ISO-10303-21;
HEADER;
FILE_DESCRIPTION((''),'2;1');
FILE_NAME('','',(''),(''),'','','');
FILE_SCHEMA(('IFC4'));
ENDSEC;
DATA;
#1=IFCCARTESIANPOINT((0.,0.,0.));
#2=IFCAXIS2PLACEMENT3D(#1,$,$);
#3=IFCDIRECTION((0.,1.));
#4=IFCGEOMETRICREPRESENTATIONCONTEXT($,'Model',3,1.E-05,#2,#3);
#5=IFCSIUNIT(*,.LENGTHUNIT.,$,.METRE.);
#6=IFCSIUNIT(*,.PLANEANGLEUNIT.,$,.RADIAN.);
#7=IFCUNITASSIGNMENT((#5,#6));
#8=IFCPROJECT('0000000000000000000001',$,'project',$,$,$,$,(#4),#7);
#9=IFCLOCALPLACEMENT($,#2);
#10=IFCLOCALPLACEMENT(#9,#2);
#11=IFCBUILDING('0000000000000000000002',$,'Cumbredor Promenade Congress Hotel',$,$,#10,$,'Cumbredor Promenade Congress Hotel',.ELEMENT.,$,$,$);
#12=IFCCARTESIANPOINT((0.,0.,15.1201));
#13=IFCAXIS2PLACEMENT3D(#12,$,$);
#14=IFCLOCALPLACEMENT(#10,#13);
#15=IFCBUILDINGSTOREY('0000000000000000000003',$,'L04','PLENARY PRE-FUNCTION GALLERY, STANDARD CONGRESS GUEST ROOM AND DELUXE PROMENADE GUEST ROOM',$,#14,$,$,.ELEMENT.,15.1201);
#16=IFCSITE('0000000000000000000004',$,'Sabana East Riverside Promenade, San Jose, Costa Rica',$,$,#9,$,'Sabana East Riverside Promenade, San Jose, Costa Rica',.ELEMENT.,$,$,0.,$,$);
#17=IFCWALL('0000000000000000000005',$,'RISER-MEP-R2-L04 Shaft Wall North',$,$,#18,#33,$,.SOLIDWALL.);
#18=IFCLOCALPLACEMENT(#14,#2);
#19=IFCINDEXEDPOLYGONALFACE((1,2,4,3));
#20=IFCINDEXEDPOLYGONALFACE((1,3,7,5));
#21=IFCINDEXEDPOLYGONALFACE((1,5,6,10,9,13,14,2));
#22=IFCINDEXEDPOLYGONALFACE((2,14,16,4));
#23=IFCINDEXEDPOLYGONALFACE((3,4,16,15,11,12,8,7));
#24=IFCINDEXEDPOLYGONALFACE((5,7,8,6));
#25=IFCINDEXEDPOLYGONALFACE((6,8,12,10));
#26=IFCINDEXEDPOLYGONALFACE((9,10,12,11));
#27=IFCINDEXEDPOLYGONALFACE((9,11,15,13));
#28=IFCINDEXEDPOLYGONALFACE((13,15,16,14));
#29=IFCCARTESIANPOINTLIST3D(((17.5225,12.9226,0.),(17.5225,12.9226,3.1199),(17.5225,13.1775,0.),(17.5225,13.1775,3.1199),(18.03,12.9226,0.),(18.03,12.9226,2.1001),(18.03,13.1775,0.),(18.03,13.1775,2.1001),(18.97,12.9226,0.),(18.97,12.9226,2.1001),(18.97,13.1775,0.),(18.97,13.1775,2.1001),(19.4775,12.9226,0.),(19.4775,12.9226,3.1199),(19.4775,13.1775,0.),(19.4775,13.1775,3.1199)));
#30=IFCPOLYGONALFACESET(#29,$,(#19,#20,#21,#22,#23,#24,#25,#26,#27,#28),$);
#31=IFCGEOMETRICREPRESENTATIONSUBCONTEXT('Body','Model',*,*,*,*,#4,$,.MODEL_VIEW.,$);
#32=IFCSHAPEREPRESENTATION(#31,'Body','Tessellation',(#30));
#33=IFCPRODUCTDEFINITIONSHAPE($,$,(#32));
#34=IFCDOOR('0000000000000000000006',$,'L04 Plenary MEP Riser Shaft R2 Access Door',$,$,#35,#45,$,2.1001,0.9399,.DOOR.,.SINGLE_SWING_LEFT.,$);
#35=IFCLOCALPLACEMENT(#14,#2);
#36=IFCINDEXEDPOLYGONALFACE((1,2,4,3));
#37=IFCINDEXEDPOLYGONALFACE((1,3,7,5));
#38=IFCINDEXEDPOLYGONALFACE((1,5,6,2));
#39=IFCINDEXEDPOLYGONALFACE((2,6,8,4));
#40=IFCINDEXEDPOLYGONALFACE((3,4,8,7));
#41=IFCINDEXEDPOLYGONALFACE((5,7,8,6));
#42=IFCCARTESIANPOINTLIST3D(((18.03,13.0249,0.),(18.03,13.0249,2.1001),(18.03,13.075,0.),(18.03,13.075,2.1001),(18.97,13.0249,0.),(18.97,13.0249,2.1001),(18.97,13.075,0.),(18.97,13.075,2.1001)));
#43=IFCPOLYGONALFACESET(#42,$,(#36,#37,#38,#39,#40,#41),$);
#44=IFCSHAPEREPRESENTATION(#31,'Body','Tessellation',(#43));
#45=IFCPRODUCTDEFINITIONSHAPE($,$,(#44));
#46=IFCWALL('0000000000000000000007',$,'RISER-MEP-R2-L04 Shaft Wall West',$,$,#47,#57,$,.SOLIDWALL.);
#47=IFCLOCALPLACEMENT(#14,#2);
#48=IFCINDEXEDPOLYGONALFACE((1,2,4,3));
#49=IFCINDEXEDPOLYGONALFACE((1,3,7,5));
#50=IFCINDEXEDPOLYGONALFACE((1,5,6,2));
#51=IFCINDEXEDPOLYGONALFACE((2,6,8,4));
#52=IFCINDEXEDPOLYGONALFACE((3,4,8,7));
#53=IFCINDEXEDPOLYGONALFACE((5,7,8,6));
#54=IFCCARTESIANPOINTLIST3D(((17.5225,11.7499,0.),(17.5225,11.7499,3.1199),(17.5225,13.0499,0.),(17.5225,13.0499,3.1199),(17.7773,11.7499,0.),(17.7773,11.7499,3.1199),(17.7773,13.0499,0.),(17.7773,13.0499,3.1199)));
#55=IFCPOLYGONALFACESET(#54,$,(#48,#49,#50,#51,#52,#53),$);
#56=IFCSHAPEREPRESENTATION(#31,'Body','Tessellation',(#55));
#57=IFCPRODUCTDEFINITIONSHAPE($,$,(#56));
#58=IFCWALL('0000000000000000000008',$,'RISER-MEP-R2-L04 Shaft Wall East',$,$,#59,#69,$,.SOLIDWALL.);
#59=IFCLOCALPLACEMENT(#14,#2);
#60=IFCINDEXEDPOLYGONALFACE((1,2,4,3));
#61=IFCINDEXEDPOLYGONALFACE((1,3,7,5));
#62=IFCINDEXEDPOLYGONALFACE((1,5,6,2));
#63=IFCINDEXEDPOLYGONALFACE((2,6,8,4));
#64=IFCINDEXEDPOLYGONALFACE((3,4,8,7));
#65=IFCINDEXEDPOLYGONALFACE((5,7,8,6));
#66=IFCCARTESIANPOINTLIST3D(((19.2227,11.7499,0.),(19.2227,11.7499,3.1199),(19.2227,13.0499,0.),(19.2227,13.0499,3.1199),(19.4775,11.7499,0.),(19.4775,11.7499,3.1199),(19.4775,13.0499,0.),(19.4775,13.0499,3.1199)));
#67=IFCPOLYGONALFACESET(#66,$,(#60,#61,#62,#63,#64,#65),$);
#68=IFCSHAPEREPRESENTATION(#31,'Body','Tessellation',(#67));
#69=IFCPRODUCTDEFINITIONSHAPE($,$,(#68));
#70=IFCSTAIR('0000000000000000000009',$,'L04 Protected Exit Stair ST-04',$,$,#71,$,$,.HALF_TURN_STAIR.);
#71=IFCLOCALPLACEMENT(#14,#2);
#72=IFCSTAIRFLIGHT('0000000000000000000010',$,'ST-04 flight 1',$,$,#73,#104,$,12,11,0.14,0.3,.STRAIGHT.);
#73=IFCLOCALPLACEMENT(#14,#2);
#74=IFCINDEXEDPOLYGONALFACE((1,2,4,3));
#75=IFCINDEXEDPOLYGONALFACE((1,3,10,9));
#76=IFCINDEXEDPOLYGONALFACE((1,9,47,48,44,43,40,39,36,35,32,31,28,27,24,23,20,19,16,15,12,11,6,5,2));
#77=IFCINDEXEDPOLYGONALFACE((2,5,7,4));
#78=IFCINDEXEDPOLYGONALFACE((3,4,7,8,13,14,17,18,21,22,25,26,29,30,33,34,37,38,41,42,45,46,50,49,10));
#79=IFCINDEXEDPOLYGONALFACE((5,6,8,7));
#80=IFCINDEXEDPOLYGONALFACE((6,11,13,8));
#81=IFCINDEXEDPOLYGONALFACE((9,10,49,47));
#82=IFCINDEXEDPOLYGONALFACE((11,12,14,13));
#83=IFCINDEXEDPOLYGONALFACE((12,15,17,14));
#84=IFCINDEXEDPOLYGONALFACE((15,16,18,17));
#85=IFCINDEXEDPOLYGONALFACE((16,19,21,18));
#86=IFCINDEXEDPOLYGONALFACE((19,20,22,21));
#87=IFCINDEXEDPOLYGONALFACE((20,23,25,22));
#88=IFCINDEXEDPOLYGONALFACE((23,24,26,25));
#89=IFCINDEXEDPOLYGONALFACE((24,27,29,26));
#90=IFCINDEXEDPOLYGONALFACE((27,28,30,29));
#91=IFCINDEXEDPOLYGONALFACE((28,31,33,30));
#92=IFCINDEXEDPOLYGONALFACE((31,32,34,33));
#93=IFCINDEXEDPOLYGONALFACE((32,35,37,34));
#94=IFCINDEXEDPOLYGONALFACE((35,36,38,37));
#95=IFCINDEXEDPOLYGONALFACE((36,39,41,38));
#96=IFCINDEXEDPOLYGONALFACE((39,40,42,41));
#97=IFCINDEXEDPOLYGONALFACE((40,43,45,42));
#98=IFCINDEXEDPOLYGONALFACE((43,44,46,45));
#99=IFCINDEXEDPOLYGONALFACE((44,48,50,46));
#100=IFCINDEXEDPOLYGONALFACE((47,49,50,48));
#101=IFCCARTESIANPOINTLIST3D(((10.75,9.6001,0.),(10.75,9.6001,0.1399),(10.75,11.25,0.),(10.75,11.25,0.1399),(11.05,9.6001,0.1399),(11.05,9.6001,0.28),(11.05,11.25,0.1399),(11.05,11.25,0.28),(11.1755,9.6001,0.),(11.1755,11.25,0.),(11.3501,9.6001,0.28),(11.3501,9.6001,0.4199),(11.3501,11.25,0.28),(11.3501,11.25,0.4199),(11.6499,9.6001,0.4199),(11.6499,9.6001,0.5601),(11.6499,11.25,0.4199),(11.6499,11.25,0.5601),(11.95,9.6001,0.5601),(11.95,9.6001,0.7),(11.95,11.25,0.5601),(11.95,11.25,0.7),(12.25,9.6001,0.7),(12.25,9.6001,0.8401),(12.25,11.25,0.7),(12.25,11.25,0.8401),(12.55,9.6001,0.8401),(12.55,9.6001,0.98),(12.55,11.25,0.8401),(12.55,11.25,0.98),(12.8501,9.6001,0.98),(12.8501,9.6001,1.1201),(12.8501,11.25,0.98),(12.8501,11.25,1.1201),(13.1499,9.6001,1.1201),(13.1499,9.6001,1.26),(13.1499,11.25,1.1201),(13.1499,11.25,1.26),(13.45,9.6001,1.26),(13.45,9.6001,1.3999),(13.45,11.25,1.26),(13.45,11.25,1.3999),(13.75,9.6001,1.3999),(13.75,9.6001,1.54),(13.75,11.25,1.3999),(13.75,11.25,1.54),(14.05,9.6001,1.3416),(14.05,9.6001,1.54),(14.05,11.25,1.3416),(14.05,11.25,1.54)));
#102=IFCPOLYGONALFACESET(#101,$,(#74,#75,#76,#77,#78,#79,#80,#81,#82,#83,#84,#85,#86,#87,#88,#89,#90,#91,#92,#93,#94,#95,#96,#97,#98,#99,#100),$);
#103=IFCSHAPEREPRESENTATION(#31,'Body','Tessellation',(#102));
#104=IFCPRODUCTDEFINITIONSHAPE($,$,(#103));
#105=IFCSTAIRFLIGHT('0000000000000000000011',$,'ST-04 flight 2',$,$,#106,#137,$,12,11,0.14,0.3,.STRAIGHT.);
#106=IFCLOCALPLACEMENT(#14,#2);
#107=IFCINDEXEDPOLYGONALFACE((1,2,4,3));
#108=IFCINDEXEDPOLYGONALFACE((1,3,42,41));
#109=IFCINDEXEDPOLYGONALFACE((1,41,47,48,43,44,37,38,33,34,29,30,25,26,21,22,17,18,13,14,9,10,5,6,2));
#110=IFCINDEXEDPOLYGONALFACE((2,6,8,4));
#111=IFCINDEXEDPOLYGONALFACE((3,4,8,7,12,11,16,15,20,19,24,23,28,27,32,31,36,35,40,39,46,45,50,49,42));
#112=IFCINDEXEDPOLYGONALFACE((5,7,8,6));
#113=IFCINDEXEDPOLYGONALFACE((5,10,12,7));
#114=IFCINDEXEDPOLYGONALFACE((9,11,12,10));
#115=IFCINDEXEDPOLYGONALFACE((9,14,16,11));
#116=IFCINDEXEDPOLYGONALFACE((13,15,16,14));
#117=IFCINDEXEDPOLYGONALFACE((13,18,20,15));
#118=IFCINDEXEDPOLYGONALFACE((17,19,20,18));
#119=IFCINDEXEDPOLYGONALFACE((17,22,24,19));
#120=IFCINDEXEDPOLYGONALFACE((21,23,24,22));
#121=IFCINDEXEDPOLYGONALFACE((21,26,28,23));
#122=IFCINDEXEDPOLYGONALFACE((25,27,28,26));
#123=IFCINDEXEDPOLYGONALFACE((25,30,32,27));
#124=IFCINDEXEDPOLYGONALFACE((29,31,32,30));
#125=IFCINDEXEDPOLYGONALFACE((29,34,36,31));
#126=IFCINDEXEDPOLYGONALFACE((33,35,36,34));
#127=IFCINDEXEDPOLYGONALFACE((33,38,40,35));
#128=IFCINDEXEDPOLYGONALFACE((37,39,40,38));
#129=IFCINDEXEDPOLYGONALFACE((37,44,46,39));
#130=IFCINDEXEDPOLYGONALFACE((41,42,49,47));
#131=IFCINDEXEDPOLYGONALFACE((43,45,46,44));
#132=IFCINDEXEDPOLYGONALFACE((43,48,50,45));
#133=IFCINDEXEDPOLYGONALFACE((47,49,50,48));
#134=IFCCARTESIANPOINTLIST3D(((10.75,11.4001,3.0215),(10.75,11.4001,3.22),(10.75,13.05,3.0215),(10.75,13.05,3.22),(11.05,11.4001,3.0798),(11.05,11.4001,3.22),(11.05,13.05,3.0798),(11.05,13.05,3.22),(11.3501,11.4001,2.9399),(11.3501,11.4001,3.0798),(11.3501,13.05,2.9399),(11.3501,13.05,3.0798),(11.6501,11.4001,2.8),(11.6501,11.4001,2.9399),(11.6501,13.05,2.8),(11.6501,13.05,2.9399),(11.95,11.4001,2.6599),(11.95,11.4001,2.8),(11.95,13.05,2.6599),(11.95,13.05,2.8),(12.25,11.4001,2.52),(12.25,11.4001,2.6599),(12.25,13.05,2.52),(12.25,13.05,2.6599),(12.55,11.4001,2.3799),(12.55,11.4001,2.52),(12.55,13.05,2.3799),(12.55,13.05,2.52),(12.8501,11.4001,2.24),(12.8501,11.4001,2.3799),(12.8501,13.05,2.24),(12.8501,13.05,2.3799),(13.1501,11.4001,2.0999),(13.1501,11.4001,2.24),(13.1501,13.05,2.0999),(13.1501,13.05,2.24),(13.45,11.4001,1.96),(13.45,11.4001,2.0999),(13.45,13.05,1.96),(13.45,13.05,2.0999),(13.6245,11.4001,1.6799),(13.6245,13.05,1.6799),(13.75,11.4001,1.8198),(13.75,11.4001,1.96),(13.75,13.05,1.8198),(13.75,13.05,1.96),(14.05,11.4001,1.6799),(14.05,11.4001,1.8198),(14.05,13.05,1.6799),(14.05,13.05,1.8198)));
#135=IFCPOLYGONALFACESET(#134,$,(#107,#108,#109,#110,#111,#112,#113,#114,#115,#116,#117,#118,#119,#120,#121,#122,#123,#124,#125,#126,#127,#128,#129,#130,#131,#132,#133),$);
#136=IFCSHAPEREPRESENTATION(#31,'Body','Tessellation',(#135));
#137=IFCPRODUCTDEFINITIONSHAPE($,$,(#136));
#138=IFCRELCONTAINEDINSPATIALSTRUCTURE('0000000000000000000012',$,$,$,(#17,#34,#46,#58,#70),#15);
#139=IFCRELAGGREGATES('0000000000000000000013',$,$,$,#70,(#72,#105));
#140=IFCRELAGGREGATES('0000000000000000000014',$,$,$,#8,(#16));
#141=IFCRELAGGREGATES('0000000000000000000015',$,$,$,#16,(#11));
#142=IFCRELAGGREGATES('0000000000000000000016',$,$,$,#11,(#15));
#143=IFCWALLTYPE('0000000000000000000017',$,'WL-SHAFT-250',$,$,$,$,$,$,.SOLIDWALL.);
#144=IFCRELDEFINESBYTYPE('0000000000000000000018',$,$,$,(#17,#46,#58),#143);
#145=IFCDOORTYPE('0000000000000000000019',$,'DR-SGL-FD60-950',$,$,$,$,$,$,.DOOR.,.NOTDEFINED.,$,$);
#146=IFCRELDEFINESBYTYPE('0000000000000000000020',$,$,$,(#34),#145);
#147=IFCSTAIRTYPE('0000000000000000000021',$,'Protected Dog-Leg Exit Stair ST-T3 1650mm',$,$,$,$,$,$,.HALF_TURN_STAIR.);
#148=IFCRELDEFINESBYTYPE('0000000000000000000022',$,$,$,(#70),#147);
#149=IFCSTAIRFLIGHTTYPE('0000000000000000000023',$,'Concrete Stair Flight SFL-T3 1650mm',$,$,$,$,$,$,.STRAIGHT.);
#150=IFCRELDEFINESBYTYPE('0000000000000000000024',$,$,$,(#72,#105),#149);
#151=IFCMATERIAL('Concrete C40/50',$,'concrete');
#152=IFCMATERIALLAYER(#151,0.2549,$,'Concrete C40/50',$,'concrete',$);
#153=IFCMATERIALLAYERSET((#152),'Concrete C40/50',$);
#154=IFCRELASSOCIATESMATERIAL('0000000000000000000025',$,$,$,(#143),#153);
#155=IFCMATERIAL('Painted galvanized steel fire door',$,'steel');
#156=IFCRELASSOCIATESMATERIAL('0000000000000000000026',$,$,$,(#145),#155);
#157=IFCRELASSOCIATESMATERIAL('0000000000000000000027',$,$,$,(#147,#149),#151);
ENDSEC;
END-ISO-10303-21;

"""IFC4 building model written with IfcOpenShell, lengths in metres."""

from ifc_helpers import new_model, si_unit, direction, frame, frame_2d, origin, place, context, subcontext, project, spatial, polyline, rectangle, outline, extrude, material, layer, layer_set, type_object, element, fill, aggregate, save


model = new_model("IFC4")

# Units and contexts
model_context = context("Model", 3, precision=1e-05, world=origin(), true_north=direction((0.0, 1.0)))
body_context = subcontext(model_context, "Body", "Model", "MODEL_VIEW")
ifc_project = project(units=[si_unit("LENGTHUNIT", "METRE"), si_unit("PLANEANGLEUNIT", "RADIAN")], contexts=[model_context])

# Site, building, storey
site_placement = place(None, origin())
site = spatial("IfcSite", under=ifc_project, at=site_placement, Name="Sabana East Riverside Promenade, San Jose, Costa Rica", LongName="Sabana East Riverside Promenade, San Jose, Costa Rica", CompositionType="ELEMENT", RefElevation=0.0)
building_placement = place(site_placement, origin())
building = spatial("IfcBuilding", under=site, at=building_placement, Name="Cumbredor Promenade Congress Hotel", LongName="Cumbredor Promenade Congress Hotel", CompositionType="ELEMENT")
storey_placement = place(building_placement, frame((0.0, 0.0, 15.1201)))
storey = spatial("IfcBuildingStorey", under=building, at=storey_placement, Name="L04", Description="PLENARY PRE-FUNCTION GALLERY, STANDARD CONGRESS GUEST ROOM AND DELUXE PROMENADE GUEST ROOM", CompositionType="ELEMENT", Elevation=15.1201)

# Shared definitions
ifc_material_1 = material(Name="Concrete C40/50", Category="concrete")

# Shared definitions
ifc_layer = layer(ifc_material_1, 0.2549, Name="Concrete C40/50", Category="concrete")
ifc_layer_set = layer_set([ifc_layer], Name="Concrete C40/50")
wall_type = type_object("IfcWallType", Name="WL-SHAFT-250", PredefinedType="SOLIDWALL", material=ifc_layer_set)

# Wall, opening, door
wall_1_placement = place(storey_placement, frame((17.5225, 13.05, 0.0), z_axis=(0.0, 0.0, 1.0), x_axis=(1.0, 0.0, 0.0)))
wall_1 = element("IfcWall", 1, at=wall_1_placement, inside=storey, type_object=wall_type, Name="RISER-MEP-R2-L04 Shaft Wall North", PredefinedType="SOLIDWALL", context=body_context, shape_type="SweptSolid", body=[
    extrude(rectangle(XDim=1.9551, YDim=0.2549, at=frame_2d((0.9775, 0.0))), origin(), (0.0, 0.0, 1.0), 3.1199),
])
opening_1_placement = place(wall_1_placement, frame((0.5076, 0.0, 0.0)))
opening_1 = element("IfcOpeningElement", 2, at=opening_1_placement, cuts=wall_1, PredefinedType="OPENING", context=body_context, shape_type="SweptSolid", body=[
    extrude(rectangle(XDim=0.9399, YDim=2.1001, at=frame_2d((0.47, 1.05))), frame((0.0, 0.1375, 0.0), z_axis=(0.0, -1.0, 0.0), x_axis=(1.0, 0.0, 0.0)), (0.0, 0.0, 1.0), 0.2749),
])
ifc_material_2 = material(Name="Painted galvanized steel fire door", Category="steel")
door_type_1 = type_object("IfcDoorType", Name="DR-SGL-FD60-950", OperationType="NOTDEFINED", PredefinedType="DOOR", material=ifc_material_2)
door_1_placement = place(opening_1_placement, origin())
door_1 = element("IfcDoor", 3, at=door_1_placement, inside=storey, type_object=door_type_1, Name="L04 Plenary MEP Riser Shaft R2 Access Door", OperationType="SINGLE_SWING_LEFT", OverallHeight=2.1001, OverallWidth=0.9399, PredefinedType="DOOR", context=body_context, shape_type="SweptSolid", body=[
    extrude(rectangle(XDim=0.9399, YDim=2.1001, at=frame_2d((0.47, 1.05))), frame((0.0, 0.0249, 0.0), z_axis=(0.0, -1.0, 0.0), x_axis=(1.0, 0.0, 0.0)), (0.0, 0.0, 1.0), 0.05),
])
fill(opening_1, door_1)

# Walls
for number, where, z_axis, x_axis, name in (
    (4, (17.6499, 11.75, 0.0), (0.0, 0.0, 1.0), (0.0, 1.0, 0.0), "RISER-MEP-R2-L04 Shaft Wall West"),
    (5, (19.3501, 11.75, 0.0), (0.0, 0.0, 1.0), (0.0, 1.0, 0.0), "RISER-MEP-R2-L04 Shaft Wall East"),
):
    element("IfcWall", number, at=place(storey_placement, frame(where, z_axis=z_axis, x_axis=x_axis)), inside=storey, type_object=wall_type, Name=name, PredefinedType="SOLIDWALL", context=body_context, shape_type="SweptSolid", body=[
        extrude(rectangle(XDim=1.3, YDim=0.2549, at=frame_2d((0.6499, 0.0))), origin(), (0.0, 0.0, 1.0), 3.1199),
    ])

# Stair, stair flights
stair_type = type_object("IfcStairType", Name="Protected Dog-Leg Exit Stair ST-T3 1650mm", PredefinedType="HALF_TURN_STAIR", material=ifc_material_1)
stair_placement = place(storey_placement, origin())
stair = element("IfcStair", 6, at=stair_placement, inside=storey, type_object=stair_type, Name="L04 Protected Exit Stair ST-04", PredefinedType="HALF_TURN_STAIR")
stair_flight_type = type_object("IfcStairFlightType", Name="Concrete Stair Flight SFL-T3 1650mm", PredefinedType="STRAIGHT", material=ifc_material_1)
stair_flight_1_placement = place(storey_placement, frame((10.75, 10.425, 0.0), z_axis=(0.0, 0.0, 1.0), x_axis=(1.0, 0.0, 0.0)))
stair_flight_1 = element("IfcStairFlight", 7, at=stair_flight_1_placement, type_object=stair_flight_type, Name="ST-04 flight 1", NumberOfRisers=12, NumberOfTreads=11, PredefinedType="STRAIGHT", RiserHeight=0.14, TreadLength=0.3, context=body_context, shape_type="SweptSolid", body=[
    extrude(outline(polyline([(0.0, 0.0), (0.0, 0.1399), (0.3, 0.1399), (0.3, 0.28), (0.6001, 0.28), (0.6001, 0.4199), (0.8999, 0.4199), (0.8999, 0.5601), (1.2, 0.5601), (1.2, 0.7), (1.5, 0.7), (1.5, 0.8401), (1.8, 0.8401), (1.8, 0.98), (2.1001, 0.98), (2.1001, 1.1201), (2.3999, 1.1201), (2.3999, 1.26), (2.7, 1.26), (2.7, 1.3999), (3.0, 1.3999), (3.0, 1.54), (3.3, 1.54), (3.3, 1.6799), (3.3, 1.3416), (0.4255, 0.0), (0.0, 0.0)])), frame((0.0, 0.825, 0.0), z_axis=(0.0, -1.0, 0.0), x_axis=(1.0, 0.0, 0.0)), (0.0, 0.0, 1.0), 1.6499),
])
stair_flight_2_placement = place(storey_placement, frame((14.05, 12.2251, 1.6799), z_axis=(0.0, 0.0, 1.0), x_axis=(-1.0, 0.0, 0.0)))
stair_flight_2 = element("IfcStairFlight", 8, at=stair_flight_2_placement, type_object=stair_flight_type, Name="ST-04 flight 2", NumberOfRisers=12, NumberOfTreads=11, PredefinedType="STRAIGHT", RiserHeight=0.14, TreadLength=0.3, context=body_context, shape_type="SweptSolid", body=[
    extrude(outline(polyline([(0.0, 0.0), (0.0, 0.1399), (0.3, 0.1399), (0.3, 0.28), (0.6001, 0.28), (0.6001, 0.4199), (0.8999, 0.4199), (0.8999, 0.5601), (1.2, 0.5601), (1.2, 0.7), (1.5, 0.7), (1.5, 0.8401), (1.8, 0.8401), (1.8, 0.98), (2.1001, 0.98), (2.1001, 1.1201), (2.3999, 1.1201), (2.3999, 1.26), (2.7, 1.26), (2.7, 1.3999), (3.0, 1.3999), (3.0, 1.54), (3.3, 1.54), (3.3, 1.6799), (3.3, 1.3416), (0.4255, 0.0), (0.0, 0.0)])), frame((0.0, 0.825, 0.0), z_axis=(0.0, -1.0, 0.0), x_axis=(1.0, 0.0, 0.0)), (0.0, 0.0, 1.0), 1.6499),
])
aggregate(stair, [stair_flight_1, stair_flight_2])

save(model, "model.ifc")
